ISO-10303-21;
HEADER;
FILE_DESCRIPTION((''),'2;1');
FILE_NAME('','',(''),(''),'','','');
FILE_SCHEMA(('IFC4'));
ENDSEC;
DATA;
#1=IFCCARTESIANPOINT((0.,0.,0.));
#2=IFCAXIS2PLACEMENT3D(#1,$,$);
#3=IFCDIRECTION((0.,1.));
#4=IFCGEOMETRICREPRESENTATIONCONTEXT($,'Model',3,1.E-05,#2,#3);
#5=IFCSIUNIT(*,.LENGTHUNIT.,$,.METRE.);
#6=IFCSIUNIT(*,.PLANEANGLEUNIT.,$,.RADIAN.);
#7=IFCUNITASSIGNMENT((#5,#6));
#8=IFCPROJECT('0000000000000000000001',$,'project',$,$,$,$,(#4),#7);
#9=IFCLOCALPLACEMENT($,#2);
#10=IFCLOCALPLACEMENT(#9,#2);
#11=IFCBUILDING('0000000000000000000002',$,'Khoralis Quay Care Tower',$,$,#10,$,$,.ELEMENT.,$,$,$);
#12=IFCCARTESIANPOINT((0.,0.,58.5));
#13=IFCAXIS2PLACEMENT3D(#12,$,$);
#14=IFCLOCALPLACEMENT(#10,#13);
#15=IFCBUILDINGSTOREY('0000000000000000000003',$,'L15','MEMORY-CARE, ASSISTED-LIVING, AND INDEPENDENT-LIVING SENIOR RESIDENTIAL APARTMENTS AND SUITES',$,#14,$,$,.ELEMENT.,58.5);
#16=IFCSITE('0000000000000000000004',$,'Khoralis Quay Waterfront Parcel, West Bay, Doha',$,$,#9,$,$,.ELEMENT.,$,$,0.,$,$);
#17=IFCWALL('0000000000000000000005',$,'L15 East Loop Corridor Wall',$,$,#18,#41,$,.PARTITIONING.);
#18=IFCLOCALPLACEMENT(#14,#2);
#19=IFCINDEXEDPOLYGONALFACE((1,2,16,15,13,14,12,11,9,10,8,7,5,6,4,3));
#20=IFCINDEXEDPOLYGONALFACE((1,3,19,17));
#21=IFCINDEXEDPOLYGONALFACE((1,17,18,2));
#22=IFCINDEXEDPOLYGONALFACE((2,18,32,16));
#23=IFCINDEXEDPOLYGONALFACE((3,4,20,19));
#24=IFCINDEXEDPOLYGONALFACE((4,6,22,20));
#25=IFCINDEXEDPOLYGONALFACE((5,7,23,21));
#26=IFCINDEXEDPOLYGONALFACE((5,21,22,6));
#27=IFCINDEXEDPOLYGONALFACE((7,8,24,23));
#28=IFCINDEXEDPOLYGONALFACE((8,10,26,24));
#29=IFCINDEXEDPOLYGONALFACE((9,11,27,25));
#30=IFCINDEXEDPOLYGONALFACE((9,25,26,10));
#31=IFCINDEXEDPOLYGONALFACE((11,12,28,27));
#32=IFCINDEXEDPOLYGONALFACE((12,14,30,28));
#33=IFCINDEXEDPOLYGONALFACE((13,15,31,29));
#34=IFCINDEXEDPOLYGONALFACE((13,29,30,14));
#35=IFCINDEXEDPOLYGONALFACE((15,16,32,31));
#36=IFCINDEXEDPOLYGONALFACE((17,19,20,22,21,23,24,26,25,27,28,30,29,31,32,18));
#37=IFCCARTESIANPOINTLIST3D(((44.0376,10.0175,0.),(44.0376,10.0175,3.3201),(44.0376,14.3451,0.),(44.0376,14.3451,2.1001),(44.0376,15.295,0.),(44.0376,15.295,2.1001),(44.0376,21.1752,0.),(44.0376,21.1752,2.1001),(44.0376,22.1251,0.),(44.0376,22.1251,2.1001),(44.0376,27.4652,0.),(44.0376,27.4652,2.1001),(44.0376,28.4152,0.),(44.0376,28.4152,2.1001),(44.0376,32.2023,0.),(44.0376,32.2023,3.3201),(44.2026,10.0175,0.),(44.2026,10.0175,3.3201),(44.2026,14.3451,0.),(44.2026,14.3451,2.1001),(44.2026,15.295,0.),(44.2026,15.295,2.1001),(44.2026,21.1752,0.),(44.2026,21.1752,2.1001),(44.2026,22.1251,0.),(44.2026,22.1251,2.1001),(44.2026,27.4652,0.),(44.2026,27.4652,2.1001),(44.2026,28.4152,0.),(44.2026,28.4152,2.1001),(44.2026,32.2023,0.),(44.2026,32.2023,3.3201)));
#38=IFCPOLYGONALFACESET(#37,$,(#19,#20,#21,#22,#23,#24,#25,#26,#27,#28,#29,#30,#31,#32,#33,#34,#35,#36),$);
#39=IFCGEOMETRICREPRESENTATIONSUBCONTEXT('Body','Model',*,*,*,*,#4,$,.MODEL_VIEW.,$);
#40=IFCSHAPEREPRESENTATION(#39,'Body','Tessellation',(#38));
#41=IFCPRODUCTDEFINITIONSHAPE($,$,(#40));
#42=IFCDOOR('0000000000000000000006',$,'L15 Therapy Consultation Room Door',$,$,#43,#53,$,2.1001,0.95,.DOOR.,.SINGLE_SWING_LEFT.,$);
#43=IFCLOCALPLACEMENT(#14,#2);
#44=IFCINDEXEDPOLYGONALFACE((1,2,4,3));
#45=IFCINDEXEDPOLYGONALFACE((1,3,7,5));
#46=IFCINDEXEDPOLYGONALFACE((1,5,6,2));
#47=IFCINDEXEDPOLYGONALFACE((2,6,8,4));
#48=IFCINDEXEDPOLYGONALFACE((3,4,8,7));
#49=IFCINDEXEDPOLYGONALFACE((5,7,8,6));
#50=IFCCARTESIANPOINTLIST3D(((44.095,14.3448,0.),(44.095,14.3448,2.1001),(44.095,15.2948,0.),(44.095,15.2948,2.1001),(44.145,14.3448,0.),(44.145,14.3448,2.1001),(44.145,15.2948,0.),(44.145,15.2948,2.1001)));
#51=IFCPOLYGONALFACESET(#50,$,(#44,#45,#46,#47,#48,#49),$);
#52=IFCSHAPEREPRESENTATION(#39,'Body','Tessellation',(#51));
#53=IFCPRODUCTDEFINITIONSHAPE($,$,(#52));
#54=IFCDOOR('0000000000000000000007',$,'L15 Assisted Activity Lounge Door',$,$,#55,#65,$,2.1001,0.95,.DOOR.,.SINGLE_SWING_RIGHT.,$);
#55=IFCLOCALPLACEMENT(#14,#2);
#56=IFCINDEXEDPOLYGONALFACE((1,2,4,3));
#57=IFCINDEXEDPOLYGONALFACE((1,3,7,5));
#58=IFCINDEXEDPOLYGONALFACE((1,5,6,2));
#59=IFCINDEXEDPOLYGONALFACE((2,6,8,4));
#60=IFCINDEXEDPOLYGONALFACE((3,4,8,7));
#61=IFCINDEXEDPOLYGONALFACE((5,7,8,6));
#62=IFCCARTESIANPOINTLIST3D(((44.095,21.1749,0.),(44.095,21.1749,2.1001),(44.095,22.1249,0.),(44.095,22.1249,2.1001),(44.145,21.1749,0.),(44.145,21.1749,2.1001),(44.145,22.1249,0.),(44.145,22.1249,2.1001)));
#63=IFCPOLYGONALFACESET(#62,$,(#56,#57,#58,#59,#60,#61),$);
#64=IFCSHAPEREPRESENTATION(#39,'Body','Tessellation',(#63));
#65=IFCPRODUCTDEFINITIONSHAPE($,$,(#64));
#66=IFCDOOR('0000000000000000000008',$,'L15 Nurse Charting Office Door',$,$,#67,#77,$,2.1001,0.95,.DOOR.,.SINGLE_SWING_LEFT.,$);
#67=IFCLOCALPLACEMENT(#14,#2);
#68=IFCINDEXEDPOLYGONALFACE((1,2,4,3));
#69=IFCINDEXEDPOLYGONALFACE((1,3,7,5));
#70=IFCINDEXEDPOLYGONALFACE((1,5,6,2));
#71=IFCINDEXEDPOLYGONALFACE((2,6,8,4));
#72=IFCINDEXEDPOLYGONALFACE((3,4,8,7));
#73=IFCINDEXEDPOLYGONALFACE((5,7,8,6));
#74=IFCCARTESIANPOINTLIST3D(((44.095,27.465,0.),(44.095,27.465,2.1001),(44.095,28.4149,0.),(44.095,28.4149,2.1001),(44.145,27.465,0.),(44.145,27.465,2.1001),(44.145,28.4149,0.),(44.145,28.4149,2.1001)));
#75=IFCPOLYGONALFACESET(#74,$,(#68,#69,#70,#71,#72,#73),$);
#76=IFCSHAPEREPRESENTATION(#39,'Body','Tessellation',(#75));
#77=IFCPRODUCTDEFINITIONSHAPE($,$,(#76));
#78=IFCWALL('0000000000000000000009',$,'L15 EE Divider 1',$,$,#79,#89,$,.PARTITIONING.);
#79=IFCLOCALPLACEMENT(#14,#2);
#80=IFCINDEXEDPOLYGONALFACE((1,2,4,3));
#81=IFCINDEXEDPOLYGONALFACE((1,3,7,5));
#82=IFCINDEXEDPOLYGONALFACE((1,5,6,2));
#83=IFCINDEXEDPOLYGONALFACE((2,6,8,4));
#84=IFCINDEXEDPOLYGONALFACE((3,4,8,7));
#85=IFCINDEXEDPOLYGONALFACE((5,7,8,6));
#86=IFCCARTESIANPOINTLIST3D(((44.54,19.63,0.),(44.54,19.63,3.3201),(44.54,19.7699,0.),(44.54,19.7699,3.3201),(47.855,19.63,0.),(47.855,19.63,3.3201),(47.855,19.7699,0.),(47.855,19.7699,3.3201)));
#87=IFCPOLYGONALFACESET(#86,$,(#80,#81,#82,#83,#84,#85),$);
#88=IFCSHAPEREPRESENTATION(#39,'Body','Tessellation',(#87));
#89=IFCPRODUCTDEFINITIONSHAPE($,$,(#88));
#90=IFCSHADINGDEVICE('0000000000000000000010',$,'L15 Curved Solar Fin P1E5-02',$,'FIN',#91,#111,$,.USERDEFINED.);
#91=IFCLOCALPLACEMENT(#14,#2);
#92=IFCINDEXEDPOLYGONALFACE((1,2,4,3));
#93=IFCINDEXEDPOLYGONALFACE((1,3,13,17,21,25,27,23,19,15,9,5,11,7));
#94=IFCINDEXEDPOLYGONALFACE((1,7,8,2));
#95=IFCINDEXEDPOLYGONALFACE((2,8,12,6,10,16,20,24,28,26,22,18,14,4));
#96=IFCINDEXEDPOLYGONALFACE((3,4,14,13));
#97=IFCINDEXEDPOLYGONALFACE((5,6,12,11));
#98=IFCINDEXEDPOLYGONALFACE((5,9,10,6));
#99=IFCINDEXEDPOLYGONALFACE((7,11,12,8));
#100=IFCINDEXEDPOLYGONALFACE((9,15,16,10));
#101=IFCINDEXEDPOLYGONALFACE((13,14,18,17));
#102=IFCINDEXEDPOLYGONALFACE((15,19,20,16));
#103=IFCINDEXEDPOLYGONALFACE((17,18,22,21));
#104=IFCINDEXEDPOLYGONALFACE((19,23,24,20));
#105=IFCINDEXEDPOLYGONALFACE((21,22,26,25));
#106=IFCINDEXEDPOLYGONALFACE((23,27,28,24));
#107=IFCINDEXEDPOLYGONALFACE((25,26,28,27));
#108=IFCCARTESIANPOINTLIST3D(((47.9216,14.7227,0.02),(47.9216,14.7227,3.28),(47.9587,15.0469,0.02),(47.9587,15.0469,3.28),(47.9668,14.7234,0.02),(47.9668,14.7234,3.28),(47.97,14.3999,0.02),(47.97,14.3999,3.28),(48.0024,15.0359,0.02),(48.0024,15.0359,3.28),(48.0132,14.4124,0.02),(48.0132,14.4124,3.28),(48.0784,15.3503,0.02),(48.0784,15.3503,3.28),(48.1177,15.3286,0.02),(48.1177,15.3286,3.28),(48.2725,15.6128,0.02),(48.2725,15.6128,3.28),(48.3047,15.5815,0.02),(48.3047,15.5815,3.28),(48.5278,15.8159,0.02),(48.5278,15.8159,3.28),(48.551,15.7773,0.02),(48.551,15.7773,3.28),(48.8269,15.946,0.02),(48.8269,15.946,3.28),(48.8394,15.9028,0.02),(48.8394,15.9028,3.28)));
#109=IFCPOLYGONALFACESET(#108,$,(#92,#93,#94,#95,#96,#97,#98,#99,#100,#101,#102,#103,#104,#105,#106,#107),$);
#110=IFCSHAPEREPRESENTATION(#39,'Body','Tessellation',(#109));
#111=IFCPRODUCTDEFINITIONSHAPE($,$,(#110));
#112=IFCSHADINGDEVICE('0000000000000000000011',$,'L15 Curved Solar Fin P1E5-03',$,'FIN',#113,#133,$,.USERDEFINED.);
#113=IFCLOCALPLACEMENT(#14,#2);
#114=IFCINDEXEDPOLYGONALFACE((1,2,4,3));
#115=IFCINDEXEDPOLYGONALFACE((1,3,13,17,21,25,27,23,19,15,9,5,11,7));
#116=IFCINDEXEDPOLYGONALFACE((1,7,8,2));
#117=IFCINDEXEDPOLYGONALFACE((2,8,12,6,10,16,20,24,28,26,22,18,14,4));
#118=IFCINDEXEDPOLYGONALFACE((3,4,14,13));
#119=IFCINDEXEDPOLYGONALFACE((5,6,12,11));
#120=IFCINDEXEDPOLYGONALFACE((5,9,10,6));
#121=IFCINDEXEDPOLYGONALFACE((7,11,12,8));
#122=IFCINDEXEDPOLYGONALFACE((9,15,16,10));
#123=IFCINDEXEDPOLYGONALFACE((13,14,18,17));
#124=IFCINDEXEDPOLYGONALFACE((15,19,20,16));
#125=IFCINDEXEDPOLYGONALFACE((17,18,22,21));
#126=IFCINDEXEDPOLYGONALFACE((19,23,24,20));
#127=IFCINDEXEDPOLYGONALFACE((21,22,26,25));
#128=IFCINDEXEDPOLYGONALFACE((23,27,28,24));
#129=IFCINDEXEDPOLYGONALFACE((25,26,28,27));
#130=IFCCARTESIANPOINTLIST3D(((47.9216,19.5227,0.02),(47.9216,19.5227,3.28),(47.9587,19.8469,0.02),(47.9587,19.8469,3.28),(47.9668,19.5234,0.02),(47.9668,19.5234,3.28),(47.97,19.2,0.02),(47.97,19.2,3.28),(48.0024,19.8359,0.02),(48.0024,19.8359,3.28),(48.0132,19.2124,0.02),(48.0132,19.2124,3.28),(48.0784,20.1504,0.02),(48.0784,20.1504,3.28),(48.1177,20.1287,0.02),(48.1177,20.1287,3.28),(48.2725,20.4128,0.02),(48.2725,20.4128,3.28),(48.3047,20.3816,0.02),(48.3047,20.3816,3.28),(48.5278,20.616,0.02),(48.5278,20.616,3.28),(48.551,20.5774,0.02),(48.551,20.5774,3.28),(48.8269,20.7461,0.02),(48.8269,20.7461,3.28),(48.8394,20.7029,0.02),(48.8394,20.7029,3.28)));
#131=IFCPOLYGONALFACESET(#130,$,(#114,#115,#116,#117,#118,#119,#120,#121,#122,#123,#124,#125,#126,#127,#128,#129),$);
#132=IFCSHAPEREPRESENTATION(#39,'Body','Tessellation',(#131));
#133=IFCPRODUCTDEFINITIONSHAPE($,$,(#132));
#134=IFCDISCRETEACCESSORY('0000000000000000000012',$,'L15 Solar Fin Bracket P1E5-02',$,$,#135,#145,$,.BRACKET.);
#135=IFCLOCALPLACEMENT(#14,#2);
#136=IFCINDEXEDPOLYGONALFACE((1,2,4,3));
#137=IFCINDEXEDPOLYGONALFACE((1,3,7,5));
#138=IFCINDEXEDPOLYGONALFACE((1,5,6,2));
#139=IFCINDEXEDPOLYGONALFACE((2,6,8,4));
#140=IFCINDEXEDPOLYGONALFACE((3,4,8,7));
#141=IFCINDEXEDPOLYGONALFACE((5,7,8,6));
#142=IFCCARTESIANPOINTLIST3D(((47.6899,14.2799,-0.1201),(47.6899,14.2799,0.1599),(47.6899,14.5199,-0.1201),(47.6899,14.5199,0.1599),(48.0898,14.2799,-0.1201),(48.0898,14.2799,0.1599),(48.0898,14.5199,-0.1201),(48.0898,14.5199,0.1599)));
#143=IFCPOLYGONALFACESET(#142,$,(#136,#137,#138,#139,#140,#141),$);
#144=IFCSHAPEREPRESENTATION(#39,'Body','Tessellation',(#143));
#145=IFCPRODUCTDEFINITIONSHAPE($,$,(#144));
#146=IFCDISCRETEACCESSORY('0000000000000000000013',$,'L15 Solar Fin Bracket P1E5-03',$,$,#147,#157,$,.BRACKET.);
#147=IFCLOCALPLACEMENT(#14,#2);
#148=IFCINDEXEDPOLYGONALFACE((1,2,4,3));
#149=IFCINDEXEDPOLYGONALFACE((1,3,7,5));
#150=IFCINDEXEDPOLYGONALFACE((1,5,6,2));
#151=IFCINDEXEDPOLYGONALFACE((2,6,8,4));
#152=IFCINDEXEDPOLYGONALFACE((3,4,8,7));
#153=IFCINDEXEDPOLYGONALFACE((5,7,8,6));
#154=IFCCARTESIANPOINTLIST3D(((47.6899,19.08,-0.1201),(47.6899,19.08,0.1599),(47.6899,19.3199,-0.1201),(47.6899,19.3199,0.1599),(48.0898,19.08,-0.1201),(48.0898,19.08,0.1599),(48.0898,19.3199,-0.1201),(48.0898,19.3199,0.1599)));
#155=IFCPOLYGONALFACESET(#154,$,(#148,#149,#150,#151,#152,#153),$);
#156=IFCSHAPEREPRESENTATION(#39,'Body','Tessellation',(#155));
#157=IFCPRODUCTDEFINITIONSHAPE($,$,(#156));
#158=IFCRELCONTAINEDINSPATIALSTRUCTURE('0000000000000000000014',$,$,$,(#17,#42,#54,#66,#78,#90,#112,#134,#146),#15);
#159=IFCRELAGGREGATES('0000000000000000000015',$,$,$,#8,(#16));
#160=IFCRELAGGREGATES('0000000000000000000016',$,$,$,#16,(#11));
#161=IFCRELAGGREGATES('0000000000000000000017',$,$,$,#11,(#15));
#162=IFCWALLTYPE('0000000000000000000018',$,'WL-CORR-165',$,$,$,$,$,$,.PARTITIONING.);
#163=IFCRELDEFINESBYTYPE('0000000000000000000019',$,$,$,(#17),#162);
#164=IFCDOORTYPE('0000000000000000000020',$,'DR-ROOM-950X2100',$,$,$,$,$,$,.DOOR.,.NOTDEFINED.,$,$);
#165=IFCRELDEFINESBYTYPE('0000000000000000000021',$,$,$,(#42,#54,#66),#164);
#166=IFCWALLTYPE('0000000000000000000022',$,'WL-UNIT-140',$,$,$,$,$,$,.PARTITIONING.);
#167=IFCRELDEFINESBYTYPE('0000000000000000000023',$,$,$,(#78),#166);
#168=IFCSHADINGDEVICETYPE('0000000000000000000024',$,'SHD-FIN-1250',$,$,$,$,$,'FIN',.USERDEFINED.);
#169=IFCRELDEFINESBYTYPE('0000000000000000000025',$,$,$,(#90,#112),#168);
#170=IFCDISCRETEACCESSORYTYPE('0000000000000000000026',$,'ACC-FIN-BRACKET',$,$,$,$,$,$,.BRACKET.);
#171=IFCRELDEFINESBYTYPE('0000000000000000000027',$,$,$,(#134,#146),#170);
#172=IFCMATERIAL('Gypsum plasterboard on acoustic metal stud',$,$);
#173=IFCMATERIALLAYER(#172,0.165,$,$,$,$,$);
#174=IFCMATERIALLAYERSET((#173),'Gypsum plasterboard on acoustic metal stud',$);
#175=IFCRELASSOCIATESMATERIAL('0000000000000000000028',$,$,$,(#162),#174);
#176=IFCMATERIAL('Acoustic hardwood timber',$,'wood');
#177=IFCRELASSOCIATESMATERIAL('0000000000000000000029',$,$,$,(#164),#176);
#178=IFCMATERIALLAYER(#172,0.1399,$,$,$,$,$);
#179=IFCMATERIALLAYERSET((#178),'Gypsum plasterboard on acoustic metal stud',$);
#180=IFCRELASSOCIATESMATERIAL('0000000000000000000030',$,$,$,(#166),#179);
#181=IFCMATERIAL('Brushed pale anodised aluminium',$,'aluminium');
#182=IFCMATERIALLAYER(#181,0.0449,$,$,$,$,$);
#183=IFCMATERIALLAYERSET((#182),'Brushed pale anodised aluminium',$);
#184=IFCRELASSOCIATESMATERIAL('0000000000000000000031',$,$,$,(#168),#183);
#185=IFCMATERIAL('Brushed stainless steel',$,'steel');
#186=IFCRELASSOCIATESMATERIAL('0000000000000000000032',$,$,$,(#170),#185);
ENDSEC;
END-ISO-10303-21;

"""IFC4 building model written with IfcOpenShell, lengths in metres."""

from ifc_helpers import new_model, si_unit, direction, frame, frame_2d, origin, origin_2d, place, context, subcontext, project, spatial, polyline, rectangle, outline, extrude, source, transform, mapped, material, layer, layer_set, type_object, element, fill, save


model = new_model("IFC4")

# Units and contexts
model_context = context("Model", 3, precision=1e-05, world=origin(), true_north=direction((0.0, 1.0)))
body_context = subcontext(model_context, "Body", "Model", "MODEL_VIEW")
ifc_project = project(units=[si_unit("LENGTHUNIT", "METRE"), si_unit("PLANEANGLEUNIT", "RADIAN")], contexts=[model_context])

# Site, building, storey
site_placement = place(None, origin())
site = spatial("IfcSite", under=ifc_project, at=site_placement, Name="Khoralis Quay Waterfront Parcel, West Bay, Doha", CompositionType="ELEMENT", RefElevation=0.0)
building_placement = place(site_placement, origin())
building = spatial("IfcBuilding", under=site, at=building_placement, Name="Khoralis Quay Care Tower", CompositionType="ELEMENT")
storey_placement = place(building_placement, frame((0.0, 0.0, 58.5)))
storey = spatial("IfcBuildingStorey", under=building, at=storey_placement, Name="L15", Description="MEMORY-CARE, ASSISTED-LIVING, AND INDEPENDENT-LIVING SENIOR RESIDENTIAL APARTMENTS AND SUITES", CompositionType="ELEMENT", Elevation=58.5)

# Shared definitions
ifc_material_1 = material(Name="Gypsum plasterboard on acoustic metal stud")

# Wall, openings, doors
ifc_layer_1 = layer(ifc_material_1, 0.165)
ifc_layer_set_1 = layer_set([ifc_layer_1], Name="Gypsum plasterboard on acoustic metal stud")
wall_type_1 = type_object("IfcWallType", Name="WL-CORR-165", PredefinedType="PARTITIONING", material=ifc_layer_set_1)
wall_1_placement = place(storey_placement, frame((44.1201, 10.0176, 0.0), z_axis=(0.0, 0.0, 1.0), x_axis=(0.0, 1.0, 0.0)))
wall_1 = element("IfcWall", 1, at=wall_1_placement, inside=storey, type_object=wall_type_1, Name="L15 East Loop Corridor Wall", PredefinedType="PARTITIONING", context=body_context, shape_type="SweptSolid", body=[
    extrude(rectangle(XDim=22.1848, YDim=0.165, at=frame_2d((11.0923, 0.0))), origin(), (0.0, 0.0, 1.0), 3.3201),
])
opening_1_placement = place(wall_1_placement, frame((4.3274, 0.0, 0.0)))
opening_1 = element("IfcOpeningElement", 2, at=opening_1_placement, cuts=wall_1, PredefinedType="OPENING", context=body_context, shape_type="SweptSolid", body=[
    extrude(rectangle(XDim=0.95, YDim=2.1001, at=frame_2d((0.4751, 1.05))), frame((0.0, 0.0925, 0.0), z_axis=(0.0, -1.0, 0.0), x_axis=(1.0, 0.0, 0.0)), (0.0, 0.0, 1.0), 0.1851),
])
opening_2_placement = place(wall_1_placement, frame((11.1575, 0.0, 0.0)))
opening_2 = element("IfcOpeningElement", 3, at=opening_2_placement, cuts=wall_1, PredefinedType="OPENING", context=body_context, shape_type="SweptSolid", body=[
    extrude(rectangle(XDim=0.95, YDim=2.1001, at=frame_2d((0.4751, 1.05))), frame((0.0, 0.0925, 0.0), z_axis=(0.0, -1.0, 0.0), x_axis=(1.0, 0.0, 0.0)), (0.0, 0.0, 1.0), 0.1851),
])
opening_3_placement = place(wall_1_placement, frame((17.4475, 0.0, 0.0)))
opening_3 = element("IfcOpeningElement", 4, at=opening_3_placement, cuts=wall_1, PredefinedType="OPENING", context=body_context, shape_type="SweptSolid", body=[
    extrude(rectangle(XDim=0.95, YDim=2.1001, at=frame_2d((0.4751, 1.05))), frame((0.0, 0.0925, 0.0), z_axis=(0.0, -1.0, 0.0), x_axis=(1.0, 0.0, 0.0)), (0.0, 0.0, 1.0), 0.1851),
])
ifc_material_2 = material(Name="Acoustic hardwood timber", Category="wood")
door_type_1 = type_object("IfcDoorType", Name="DR-ROOM-950X2100", OperationType="NOTDEFINED", PredefinedType="DOOR", material=ifc_material_2)
shared_shape_1 = source(origin(), body_context, "Body", "SweptSolid", [
    extrude(rectangle(XDim=0.95, YDim=2.1001, at=frame_2d((0.4751, 1.05))), frame((0.0, 0.0249, 0.0), z_axis=(0.0, -1.0, 0.0), x_axis=(1.0, 0.0, 0.0)), (0.0, 0.0, 1.0), 0.05),
])
door_1_placement = place(opening_1_placement, frame((0.95, 0.0, 0.0), z_axis=(0.0, 0.0, 1.0), x_axis=(-1.0, 0.0, 0.0)))
door_1 = element("IfcDoor", 5, at=door_1_placement, inside=storey, type_object=door_type_1, Name="L15 Therapy Consultation Room Door", OperationType="SINGLE_SWING_LEFT", OverallHeight=2.1001, OverallWidth=0.95, PredefinedType="DOOR", context=body_context, shape_type="MappedRepresentation", body=[
    mapped(shared_shape_1, transform((0.0, 0.0, 0.0), scale=1.0)),
])
fill(opening_1, door_1)
door_2_placement = place(opening_2_placement, frame((0.95, 0.0, 0.0), z_axis=(0.0, 0.0, 1.0), x_axis=(-1.0, 0.0, 0.0)))
door_2 = element("IfcDoor", 6, at=door_2_placement, inside=storey, type_object=door_type_1, Name="L15 Assisted Activity Lounge Door", OperationType="SINGLE_SWING_RIGHT", OverallHeight=2.1001, OverallWidth=0.95, PredefinedType="DOOR", context=body_context, shape_type="MappedRepresentation", body=[
    mapped(shared_shape_1, transform((0.0, 0.0, 0.0), scale=1.0)),
])
fill(opening_2, door_2)
door_3_placement = place(opening_3_placement, frame((0.95, 0.0, 0.0), z_axis=(0.0, 0.0, 1.0), x_axis=(-1.0, 0.0, 0.0)))
door_3 = element("IfcDoor", 7, at=door_3_placement, inside=storey, type_object=door_type_1, Name="L15 Nurse Charting Office Door", OperationType="SINGLE_SWING_LEFT", OverallHeight=2.1001, OverallWidth=0.95, PredefinedType="DOOR", context=body_context, shape_type="MappedRepresentation", body=[
    mapped(shared_shape_1, transform((0.0, 0.0, 0.0), scale=1.0)),
])
fill(opening_3, door_3)

# Wall
ifc_layer_2 = layer(ifc_material_1, 0.1399)
ifc_layer_set_2 = layer_set([ifc_layer_2], Name="Gypsum plasterboard on acoustic metal stud")
wall_type_2 = type_object("IfcWallType", Name="WL-UNIT-140", PredefinedType="PARTITIONING", material=ifc_layer_set_2)
wall_2_placement = place(storey_placement, frame((44.54, 19.7, 0.0), z_axis=(0.0, 0.0, 1.0), x_axis=(1.0, 0.0, 0.0)))
element("IfcWall", 8, at=wall_2_placement, inside=storey, type_object=wall_type_2, Name="L15 EE Divider 1", PredefinedType="PARTITIONING", context=body_context, shape_type="SweptSolid", body=[
    extrude(rectangle(XDim=3.3149, YDim=0.1399, at=frame_2d((1.6575, 0.0))), origin(), (0.0, 0.0, 1.0), 3.3201),
])

# Shading devices
ifc_material_3 = material(Name="Brushed pale anodised aluminium", Category="aluminium")
ifc_layer_3 = layer(ifc_material_3, 0.0449)
ifc_layer_set_3 = layer_set([ifc_layer_3], Name="Brushed pale anodised aluminium")
shading_device_type = type_object("IfcShadingDeviceType", Name="SHD-FIN-1250", ElementType="FIN", PredefinedType="USERDEFINED", material=ifc_layer_set_3)
shared_shape_2 = source(origin(), body_context, "Body", "SweptSolid", [
    extrude(outline(polyline([(0.0, 0.0), (-0.0483, 0.3228), (-0.0112, 0.647), (0.1084, 0.9504), (0.3025, 1.2129), (0.5579, 1.416), (0.8569, 1.5461), (0.8694, 1.5029), (0.5811, 1.3774), (0.3347, 1.1816), (0.1477, 0.9287), (0.0325, 0.636), (-0.0032, 0.3235), (0.0432, 0.0125), (0.0, 0.0)])), origin(), (0.0, 0.0, 1.0), 3.26),
])
for number, where, z_axis, x_axis, name in (
    (9, (47.97, 14.3999, 0.02), (0.0, 0.0, 1.0), (1.0, 0.0, 0.0), "L15 Curved Solar Fin P1E5-02"),
    (10, (47.97, 19.2, 0.02), (0.0, 0.0, 1.0), (1.0, 0.0, 0.0), "L15 Curved Solar Fin P1E5-03"),
):
    element("IfcShadingDevice", number, at=place(storey_placement, frame(where, z_axis=z_axis, x_axis=x_axis)), inside=storey, type_object=shading_device_type, Name=name, ObjectType="FIN", PredefinedType="USERDEFINED", context=body_context, shape_type="MappedRepresentation", body=[
        mapped(shared_shape_2, transform((0.0, 0.0, 0.0), scale=1.0)),
    ])

# Discrete accessories
ifc_material_4 = material(Name="Brushed stainless steel", Category="steel")
discrete_accessory_type = type_object("IfcDiscreteAccessoryType", Name="ACC-FIN-BRACKET", PredefinedType="BRACKET", material=ifc_material_4)
shared_shape_3 = source(origin(), body_context, "Body", "SweptSolid", [
    extrude(rectangle(XDim=0.3999, YDim=0.24, at=origin_2d()), origin(), (0.0, 0.0, 1.0), 0.28),
])
for number, where, z_axis, x_axis, name in (
    (11, (47.8899, 14.3999, -0.1201), (0.0, 0.0, 1.0), (1.0, 0.0, 0.0), "L15 Solar Fin Bracket P1E5-02"),
    (12, (47.8899, 19.2, -0.1201), (0.0, 0.0, 1.0), (1.0, 0.0, 0.0), "L15 Solar Fin Bracket P1E5-03"),
):
    element("IfcDiscreteAccessory", number, at=place(storey_placement, frame(where, z_axis=z_axis, x_axis=x_axis)), inside=storey, type_object=discrete_accessory_type, Name=name, PredefinedType="BRACKET", context=body_context, shape_type="MappedRepresentation", body=[
        mapped(shared_shape_3, transform((0.0, 0.0, 0.0), scale=1.0)),
    ])

save(model, "model.ifc")
